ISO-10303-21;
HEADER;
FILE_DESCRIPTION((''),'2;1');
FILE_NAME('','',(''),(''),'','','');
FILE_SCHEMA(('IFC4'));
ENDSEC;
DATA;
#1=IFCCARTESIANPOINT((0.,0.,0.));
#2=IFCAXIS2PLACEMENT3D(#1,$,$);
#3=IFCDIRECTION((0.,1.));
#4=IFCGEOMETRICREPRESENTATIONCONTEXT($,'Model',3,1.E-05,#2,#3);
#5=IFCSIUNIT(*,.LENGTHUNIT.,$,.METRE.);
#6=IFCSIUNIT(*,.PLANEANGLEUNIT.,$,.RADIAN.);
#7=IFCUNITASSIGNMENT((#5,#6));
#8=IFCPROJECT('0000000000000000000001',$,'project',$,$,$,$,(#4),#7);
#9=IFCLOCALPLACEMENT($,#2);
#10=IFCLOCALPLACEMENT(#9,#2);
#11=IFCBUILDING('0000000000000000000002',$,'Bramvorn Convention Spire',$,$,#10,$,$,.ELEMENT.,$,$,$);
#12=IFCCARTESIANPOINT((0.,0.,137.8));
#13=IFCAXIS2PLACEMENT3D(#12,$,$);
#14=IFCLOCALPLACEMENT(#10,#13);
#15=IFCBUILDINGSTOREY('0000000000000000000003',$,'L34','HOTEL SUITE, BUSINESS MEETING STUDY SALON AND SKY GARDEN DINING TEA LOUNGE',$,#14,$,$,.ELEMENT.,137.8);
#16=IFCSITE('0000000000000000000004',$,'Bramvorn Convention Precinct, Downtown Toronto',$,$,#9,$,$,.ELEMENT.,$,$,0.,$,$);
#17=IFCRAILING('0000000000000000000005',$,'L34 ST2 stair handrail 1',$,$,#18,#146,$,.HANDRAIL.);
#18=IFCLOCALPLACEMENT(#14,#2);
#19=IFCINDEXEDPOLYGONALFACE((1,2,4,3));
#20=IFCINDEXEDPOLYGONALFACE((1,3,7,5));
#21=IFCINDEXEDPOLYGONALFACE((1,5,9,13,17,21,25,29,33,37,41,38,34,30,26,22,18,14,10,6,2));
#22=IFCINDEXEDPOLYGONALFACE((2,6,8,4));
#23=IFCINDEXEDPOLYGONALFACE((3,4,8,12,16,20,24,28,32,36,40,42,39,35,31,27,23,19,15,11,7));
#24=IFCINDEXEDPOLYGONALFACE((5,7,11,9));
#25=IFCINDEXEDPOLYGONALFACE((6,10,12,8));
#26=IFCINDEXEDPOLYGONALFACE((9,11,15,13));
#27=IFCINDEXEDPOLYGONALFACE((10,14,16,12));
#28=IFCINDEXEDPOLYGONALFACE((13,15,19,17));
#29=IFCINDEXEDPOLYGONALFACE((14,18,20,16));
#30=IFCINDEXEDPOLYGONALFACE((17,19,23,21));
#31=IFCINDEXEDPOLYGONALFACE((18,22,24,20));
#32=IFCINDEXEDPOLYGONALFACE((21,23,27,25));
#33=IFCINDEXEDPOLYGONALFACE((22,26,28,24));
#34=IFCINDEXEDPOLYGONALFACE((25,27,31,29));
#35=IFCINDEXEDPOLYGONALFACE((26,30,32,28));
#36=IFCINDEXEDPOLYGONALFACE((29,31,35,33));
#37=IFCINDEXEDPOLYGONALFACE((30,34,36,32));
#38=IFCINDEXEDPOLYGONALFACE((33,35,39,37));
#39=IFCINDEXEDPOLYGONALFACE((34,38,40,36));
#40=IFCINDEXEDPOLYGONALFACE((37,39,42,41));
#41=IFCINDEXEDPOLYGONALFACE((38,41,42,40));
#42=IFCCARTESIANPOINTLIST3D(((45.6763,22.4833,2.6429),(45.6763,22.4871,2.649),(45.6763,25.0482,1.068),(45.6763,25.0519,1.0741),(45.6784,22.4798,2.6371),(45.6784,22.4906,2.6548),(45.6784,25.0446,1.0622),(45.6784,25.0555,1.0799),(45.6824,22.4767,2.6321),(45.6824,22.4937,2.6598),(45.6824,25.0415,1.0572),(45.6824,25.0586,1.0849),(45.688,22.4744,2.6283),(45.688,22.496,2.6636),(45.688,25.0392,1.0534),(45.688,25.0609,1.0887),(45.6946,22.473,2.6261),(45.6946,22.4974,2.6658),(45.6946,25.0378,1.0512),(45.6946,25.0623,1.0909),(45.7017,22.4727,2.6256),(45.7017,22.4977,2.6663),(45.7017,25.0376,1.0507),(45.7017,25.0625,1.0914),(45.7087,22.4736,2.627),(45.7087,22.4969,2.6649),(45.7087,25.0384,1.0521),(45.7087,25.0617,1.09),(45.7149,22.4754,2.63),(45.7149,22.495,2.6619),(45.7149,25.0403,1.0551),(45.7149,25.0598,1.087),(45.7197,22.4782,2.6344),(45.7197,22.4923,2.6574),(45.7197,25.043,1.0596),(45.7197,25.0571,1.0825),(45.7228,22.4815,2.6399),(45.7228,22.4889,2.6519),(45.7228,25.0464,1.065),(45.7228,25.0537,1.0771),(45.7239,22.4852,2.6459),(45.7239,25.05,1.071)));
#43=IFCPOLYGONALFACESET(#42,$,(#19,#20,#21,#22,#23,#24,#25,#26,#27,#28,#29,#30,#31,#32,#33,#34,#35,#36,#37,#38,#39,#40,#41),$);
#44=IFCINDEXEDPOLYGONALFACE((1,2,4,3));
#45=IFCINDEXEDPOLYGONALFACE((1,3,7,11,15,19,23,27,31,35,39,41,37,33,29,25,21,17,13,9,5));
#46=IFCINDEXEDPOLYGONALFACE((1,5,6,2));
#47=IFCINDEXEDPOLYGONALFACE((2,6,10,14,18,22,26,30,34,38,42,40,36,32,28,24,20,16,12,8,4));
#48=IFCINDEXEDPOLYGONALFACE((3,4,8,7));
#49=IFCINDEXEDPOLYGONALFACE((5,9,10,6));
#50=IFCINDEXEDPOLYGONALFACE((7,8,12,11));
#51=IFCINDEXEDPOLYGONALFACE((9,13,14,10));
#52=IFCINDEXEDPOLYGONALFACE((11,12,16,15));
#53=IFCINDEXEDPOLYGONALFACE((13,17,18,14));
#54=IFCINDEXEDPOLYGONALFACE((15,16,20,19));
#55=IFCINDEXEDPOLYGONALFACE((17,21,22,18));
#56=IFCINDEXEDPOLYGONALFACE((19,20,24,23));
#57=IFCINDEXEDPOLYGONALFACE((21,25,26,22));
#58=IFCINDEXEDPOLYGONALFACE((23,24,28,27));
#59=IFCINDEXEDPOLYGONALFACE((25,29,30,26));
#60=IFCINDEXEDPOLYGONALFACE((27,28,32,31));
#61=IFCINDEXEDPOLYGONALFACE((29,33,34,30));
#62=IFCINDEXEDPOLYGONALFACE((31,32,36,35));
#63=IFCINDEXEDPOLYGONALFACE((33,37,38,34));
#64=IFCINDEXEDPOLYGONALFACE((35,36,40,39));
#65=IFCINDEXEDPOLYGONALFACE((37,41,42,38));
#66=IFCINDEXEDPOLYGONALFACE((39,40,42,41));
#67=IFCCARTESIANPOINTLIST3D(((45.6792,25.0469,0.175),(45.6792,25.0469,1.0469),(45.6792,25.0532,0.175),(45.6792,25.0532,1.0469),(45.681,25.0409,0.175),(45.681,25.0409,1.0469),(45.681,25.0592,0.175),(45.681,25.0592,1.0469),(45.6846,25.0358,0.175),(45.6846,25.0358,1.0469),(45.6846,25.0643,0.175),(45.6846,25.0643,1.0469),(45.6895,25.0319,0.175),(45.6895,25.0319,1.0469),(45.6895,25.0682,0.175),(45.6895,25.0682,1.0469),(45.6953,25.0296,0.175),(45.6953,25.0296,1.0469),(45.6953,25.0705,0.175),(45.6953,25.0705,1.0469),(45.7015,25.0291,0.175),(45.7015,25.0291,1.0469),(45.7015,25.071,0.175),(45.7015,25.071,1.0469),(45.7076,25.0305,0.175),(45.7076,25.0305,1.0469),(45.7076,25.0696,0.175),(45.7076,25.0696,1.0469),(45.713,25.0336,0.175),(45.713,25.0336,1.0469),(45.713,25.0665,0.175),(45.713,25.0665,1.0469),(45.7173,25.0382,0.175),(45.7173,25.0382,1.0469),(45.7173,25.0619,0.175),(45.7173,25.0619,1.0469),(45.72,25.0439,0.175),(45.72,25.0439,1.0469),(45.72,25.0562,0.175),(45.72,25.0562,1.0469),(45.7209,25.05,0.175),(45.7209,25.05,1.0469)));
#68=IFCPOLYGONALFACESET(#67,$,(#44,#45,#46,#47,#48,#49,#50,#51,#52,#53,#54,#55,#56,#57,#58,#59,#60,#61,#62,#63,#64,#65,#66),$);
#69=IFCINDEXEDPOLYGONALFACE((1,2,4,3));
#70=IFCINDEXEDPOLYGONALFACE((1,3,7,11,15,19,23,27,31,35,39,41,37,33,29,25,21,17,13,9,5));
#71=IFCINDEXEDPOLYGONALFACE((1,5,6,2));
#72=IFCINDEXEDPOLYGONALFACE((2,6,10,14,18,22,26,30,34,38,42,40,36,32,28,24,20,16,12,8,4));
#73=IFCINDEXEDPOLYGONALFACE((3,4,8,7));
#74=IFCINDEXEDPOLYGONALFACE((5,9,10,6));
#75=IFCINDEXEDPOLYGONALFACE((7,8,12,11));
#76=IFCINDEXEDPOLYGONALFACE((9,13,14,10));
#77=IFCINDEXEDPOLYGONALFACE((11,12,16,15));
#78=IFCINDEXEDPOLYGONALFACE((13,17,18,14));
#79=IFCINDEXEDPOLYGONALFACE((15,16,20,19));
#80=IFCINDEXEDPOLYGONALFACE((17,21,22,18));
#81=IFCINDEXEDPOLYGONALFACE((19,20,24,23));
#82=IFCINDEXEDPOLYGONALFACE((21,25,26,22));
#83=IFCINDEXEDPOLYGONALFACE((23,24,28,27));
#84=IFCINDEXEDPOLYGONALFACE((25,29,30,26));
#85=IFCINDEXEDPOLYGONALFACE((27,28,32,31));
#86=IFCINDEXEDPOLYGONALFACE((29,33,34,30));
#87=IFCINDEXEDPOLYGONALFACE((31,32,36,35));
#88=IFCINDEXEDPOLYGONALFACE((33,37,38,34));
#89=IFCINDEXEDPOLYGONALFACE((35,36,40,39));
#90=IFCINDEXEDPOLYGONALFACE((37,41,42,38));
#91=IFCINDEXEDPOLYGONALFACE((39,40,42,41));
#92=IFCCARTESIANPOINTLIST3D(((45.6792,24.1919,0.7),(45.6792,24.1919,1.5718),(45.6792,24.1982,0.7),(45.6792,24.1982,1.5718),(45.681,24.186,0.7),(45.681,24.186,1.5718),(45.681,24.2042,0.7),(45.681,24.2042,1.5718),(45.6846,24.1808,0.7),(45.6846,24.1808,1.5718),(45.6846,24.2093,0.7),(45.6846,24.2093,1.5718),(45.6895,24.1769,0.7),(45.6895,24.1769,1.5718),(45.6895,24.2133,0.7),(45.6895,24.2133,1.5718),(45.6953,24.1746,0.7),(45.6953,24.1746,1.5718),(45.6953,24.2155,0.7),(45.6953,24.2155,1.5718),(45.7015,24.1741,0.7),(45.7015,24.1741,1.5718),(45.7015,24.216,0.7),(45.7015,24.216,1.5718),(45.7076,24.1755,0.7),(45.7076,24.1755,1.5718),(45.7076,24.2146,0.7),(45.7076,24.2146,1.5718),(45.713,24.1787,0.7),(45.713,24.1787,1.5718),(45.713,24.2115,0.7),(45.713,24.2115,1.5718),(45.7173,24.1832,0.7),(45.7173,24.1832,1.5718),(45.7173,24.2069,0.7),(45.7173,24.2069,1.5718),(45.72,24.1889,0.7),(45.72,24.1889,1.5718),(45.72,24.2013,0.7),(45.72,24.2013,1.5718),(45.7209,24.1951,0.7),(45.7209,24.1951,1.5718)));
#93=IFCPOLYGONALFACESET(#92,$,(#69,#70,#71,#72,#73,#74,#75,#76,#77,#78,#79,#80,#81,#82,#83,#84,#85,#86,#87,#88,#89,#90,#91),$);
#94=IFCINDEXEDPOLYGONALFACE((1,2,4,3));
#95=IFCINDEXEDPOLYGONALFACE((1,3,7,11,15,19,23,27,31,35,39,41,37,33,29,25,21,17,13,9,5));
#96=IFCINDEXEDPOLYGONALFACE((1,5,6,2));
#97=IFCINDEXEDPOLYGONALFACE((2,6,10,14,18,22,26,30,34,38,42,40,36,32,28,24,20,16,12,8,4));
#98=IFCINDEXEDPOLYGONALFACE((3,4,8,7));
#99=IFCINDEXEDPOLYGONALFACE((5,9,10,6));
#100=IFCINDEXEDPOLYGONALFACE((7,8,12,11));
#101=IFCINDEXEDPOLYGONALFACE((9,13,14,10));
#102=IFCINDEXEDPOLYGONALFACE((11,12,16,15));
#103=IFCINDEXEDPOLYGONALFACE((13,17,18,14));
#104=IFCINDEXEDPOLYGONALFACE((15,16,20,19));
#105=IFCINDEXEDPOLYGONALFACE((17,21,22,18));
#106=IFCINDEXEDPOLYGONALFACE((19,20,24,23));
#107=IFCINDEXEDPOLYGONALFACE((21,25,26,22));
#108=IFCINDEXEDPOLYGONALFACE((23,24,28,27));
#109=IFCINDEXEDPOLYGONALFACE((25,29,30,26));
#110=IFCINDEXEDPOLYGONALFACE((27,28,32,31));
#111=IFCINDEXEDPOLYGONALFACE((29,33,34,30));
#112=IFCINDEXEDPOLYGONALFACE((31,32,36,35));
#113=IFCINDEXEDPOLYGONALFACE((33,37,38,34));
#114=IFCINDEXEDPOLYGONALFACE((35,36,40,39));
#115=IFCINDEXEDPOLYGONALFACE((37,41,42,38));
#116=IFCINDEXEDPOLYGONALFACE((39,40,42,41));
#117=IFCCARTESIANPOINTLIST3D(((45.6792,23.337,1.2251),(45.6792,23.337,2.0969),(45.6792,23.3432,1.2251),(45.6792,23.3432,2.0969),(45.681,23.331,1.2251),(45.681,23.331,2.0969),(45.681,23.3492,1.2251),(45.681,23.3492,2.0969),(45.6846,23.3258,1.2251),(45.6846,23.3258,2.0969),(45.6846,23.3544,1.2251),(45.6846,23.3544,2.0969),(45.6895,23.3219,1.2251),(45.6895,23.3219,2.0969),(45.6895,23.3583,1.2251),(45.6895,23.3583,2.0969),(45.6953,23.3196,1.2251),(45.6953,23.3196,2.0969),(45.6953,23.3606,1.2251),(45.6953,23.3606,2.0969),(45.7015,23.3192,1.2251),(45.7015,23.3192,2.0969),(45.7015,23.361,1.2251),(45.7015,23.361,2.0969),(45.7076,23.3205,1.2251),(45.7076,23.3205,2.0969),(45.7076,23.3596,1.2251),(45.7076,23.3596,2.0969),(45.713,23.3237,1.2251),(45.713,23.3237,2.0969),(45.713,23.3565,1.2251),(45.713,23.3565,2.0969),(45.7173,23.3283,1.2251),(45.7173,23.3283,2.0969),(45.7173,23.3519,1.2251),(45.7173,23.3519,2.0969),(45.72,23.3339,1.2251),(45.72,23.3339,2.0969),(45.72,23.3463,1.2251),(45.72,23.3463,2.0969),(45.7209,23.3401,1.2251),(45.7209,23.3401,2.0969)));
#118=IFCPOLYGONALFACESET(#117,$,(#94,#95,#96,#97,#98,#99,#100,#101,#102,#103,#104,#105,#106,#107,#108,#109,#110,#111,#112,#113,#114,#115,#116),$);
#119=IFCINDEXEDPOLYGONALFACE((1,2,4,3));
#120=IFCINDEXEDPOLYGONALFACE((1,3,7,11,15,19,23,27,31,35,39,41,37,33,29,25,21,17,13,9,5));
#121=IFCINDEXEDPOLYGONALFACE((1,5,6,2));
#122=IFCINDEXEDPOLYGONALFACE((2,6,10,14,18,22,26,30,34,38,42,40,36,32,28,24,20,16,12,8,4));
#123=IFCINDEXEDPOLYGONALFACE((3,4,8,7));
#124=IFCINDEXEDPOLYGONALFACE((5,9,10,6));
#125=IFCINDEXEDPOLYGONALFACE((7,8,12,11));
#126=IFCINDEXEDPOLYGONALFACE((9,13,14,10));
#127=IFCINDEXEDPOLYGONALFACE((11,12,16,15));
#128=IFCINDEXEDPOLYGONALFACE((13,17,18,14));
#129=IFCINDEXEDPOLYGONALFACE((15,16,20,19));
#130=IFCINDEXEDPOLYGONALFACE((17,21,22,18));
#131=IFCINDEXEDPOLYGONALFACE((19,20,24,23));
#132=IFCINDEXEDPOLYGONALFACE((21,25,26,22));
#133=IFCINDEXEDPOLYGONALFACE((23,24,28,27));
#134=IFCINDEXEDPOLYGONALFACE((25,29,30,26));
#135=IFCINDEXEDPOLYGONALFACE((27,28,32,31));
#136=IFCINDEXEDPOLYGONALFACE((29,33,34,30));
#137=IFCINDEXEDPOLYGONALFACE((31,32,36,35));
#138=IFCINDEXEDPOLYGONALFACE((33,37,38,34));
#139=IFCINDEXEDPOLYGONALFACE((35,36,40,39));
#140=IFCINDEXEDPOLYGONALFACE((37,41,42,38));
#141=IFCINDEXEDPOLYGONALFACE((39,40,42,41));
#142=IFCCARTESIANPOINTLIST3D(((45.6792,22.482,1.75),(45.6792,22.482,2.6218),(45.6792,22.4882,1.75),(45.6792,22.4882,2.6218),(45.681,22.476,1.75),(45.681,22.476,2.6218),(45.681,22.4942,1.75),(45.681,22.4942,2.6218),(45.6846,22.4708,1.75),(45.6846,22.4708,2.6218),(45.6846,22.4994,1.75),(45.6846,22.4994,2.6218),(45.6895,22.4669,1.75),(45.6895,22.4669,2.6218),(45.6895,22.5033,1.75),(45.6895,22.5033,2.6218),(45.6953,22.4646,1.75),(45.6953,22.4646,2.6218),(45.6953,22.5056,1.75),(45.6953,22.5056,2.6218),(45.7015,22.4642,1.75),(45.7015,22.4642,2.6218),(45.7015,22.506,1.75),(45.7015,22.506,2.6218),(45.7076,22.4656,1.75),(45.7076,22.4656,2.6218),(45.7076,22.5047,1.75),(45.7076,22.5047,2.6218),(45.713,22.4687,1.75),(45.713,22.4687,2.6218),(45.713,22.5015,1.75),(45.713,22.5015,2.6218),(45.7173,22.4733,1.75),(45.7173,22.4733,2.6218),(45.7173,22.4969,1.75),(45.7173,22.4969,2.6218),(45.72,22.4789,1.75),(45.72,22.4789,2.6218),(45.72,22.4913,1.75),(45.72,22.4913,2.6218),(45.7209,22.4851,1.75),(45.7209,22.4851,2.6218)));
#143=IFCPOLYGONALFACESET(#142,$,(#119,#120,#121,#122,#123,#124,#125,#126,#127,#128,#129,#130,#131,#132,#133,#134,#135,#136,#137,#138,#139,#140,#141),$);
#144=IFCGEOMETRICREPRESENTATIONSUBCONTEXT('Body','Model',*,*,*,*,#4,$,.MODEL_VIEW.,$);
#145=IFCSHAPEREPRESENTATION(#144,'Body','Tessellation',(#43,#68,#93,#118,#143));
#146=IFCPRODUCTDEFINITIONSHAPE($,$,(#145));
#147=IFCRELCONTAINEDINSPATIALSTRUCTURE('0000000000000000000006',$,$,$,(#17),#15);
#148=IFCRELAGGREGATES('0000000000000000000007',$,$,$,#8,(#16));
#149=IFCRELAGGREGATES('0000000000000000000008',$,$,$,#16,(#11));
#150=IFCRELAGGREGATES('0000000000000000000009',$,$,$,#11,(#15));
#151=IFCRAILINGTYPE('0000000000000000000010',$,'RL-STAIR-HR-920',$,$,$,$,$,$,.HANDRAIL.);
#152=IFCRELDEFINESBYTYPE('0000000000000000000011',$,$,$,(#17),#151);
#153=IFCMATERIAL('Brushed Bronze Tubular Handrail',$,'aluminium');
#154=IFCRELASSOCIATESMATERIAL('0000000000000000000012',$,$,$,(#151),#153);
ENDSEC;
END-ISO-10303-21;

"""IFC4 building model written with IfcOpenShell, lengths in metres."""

from ifc_helpers import new_model, si_unit, direction, frame, origin, origin_2d, place, context, subcontext, project, spatial, circle, extrude, material, type_object, element, save


model = new_model("IFC4")

# Units and contexts
model_context = context("Model", 3, precision=1e-05, world=origin(), true_north=direction((0.0, 1.0)))
body_context = subcontext(model_context, "Body", "Model", "MODEL_VIEW")
ifc_project = project(units=[si_unit("LENGTHUNIT", "METRE"), si_unit("PLANEANGLEUNIT", "RADIAN")], contexts=[model_context])

# Site, building, storey
site_placement = place(None, origin())
site = spatial("IfcSite", under=ifc_project, at=site_placement, Name="Bramvorn Convention Precinct, Downtown Toronto", CompositionType="ELEMENT", RefElevation=0.0)
building_placement = place(site_placement, origin())
building = spatial("IfcBuilding", under=site, at=building_placement, Name="Bramvorn Convention Spire", CompositionType="ELEMENT")
storey_placement = place(building_placement, frame((0.0, 0.0, 137.8)))
storey = spatial("IfcBuildingStorey", under=building, at=storey_placement, Name="L34", Description="HOTEL SUITE, BUSINESS MEETING STUDY SALON AND SKY GARDEN DINING TEA LOUNGE", CompositionType="ELEMENT", Elevation=137.8)

# Railing
ifc_material_1 = material(Name="Brushed Bronze Tubular Handrail", Category="aluminium")
railing_type_1 = type_object("IfcRailingType", Name="RL-STAIR-HR-920", PredefinedType="HANDRAIL", material=ifc_material_1)
railing_1_placement = place(storey_placement, frame((45.7, 25.05, 0.175)))
element("IfcRailing", 1, at=railing_1_placement, inside=storey, type_object=railing_type_1, Name="L34 ST2 stair handrail 1", PredefinedType="HANDRAIL", context=body_context, shape_type="SweptSolid", body=[
    extrude(circle(Radius=0.0239, at=origin_2d()), frame((0.0, 0.0, 0.896), z_axis=(0.0, -0.852173, 0.52326), x_axis=(1.0, 0.0, 0.0)), (0.0, 0.0, 1.0), 3.0098),
    extrude(circle(Radius=0.021, at=origin_2d()), origin(), (0.0, 0.0, 1.0), 0.8718),
    extrude(circle(Radius=0.021, at=origin_2d()), frame((0.0, -0.855, 0.5249)), (0.0, 0.0, 1.0), 0.8718),
    extrude(circle(Radius=0.021, at=origin_2d()), frame((0.0, -1.71, 1.05)), (0.0, 0.0, 1.0), 0.8718),
    extrude(circle(Radius=0.021, at=origin_2d()), frame((0.0, -2.5649, 1.575)), (0.0, 0.0, 1.0), 0.8718),
])

save(model, "model.ifc")
